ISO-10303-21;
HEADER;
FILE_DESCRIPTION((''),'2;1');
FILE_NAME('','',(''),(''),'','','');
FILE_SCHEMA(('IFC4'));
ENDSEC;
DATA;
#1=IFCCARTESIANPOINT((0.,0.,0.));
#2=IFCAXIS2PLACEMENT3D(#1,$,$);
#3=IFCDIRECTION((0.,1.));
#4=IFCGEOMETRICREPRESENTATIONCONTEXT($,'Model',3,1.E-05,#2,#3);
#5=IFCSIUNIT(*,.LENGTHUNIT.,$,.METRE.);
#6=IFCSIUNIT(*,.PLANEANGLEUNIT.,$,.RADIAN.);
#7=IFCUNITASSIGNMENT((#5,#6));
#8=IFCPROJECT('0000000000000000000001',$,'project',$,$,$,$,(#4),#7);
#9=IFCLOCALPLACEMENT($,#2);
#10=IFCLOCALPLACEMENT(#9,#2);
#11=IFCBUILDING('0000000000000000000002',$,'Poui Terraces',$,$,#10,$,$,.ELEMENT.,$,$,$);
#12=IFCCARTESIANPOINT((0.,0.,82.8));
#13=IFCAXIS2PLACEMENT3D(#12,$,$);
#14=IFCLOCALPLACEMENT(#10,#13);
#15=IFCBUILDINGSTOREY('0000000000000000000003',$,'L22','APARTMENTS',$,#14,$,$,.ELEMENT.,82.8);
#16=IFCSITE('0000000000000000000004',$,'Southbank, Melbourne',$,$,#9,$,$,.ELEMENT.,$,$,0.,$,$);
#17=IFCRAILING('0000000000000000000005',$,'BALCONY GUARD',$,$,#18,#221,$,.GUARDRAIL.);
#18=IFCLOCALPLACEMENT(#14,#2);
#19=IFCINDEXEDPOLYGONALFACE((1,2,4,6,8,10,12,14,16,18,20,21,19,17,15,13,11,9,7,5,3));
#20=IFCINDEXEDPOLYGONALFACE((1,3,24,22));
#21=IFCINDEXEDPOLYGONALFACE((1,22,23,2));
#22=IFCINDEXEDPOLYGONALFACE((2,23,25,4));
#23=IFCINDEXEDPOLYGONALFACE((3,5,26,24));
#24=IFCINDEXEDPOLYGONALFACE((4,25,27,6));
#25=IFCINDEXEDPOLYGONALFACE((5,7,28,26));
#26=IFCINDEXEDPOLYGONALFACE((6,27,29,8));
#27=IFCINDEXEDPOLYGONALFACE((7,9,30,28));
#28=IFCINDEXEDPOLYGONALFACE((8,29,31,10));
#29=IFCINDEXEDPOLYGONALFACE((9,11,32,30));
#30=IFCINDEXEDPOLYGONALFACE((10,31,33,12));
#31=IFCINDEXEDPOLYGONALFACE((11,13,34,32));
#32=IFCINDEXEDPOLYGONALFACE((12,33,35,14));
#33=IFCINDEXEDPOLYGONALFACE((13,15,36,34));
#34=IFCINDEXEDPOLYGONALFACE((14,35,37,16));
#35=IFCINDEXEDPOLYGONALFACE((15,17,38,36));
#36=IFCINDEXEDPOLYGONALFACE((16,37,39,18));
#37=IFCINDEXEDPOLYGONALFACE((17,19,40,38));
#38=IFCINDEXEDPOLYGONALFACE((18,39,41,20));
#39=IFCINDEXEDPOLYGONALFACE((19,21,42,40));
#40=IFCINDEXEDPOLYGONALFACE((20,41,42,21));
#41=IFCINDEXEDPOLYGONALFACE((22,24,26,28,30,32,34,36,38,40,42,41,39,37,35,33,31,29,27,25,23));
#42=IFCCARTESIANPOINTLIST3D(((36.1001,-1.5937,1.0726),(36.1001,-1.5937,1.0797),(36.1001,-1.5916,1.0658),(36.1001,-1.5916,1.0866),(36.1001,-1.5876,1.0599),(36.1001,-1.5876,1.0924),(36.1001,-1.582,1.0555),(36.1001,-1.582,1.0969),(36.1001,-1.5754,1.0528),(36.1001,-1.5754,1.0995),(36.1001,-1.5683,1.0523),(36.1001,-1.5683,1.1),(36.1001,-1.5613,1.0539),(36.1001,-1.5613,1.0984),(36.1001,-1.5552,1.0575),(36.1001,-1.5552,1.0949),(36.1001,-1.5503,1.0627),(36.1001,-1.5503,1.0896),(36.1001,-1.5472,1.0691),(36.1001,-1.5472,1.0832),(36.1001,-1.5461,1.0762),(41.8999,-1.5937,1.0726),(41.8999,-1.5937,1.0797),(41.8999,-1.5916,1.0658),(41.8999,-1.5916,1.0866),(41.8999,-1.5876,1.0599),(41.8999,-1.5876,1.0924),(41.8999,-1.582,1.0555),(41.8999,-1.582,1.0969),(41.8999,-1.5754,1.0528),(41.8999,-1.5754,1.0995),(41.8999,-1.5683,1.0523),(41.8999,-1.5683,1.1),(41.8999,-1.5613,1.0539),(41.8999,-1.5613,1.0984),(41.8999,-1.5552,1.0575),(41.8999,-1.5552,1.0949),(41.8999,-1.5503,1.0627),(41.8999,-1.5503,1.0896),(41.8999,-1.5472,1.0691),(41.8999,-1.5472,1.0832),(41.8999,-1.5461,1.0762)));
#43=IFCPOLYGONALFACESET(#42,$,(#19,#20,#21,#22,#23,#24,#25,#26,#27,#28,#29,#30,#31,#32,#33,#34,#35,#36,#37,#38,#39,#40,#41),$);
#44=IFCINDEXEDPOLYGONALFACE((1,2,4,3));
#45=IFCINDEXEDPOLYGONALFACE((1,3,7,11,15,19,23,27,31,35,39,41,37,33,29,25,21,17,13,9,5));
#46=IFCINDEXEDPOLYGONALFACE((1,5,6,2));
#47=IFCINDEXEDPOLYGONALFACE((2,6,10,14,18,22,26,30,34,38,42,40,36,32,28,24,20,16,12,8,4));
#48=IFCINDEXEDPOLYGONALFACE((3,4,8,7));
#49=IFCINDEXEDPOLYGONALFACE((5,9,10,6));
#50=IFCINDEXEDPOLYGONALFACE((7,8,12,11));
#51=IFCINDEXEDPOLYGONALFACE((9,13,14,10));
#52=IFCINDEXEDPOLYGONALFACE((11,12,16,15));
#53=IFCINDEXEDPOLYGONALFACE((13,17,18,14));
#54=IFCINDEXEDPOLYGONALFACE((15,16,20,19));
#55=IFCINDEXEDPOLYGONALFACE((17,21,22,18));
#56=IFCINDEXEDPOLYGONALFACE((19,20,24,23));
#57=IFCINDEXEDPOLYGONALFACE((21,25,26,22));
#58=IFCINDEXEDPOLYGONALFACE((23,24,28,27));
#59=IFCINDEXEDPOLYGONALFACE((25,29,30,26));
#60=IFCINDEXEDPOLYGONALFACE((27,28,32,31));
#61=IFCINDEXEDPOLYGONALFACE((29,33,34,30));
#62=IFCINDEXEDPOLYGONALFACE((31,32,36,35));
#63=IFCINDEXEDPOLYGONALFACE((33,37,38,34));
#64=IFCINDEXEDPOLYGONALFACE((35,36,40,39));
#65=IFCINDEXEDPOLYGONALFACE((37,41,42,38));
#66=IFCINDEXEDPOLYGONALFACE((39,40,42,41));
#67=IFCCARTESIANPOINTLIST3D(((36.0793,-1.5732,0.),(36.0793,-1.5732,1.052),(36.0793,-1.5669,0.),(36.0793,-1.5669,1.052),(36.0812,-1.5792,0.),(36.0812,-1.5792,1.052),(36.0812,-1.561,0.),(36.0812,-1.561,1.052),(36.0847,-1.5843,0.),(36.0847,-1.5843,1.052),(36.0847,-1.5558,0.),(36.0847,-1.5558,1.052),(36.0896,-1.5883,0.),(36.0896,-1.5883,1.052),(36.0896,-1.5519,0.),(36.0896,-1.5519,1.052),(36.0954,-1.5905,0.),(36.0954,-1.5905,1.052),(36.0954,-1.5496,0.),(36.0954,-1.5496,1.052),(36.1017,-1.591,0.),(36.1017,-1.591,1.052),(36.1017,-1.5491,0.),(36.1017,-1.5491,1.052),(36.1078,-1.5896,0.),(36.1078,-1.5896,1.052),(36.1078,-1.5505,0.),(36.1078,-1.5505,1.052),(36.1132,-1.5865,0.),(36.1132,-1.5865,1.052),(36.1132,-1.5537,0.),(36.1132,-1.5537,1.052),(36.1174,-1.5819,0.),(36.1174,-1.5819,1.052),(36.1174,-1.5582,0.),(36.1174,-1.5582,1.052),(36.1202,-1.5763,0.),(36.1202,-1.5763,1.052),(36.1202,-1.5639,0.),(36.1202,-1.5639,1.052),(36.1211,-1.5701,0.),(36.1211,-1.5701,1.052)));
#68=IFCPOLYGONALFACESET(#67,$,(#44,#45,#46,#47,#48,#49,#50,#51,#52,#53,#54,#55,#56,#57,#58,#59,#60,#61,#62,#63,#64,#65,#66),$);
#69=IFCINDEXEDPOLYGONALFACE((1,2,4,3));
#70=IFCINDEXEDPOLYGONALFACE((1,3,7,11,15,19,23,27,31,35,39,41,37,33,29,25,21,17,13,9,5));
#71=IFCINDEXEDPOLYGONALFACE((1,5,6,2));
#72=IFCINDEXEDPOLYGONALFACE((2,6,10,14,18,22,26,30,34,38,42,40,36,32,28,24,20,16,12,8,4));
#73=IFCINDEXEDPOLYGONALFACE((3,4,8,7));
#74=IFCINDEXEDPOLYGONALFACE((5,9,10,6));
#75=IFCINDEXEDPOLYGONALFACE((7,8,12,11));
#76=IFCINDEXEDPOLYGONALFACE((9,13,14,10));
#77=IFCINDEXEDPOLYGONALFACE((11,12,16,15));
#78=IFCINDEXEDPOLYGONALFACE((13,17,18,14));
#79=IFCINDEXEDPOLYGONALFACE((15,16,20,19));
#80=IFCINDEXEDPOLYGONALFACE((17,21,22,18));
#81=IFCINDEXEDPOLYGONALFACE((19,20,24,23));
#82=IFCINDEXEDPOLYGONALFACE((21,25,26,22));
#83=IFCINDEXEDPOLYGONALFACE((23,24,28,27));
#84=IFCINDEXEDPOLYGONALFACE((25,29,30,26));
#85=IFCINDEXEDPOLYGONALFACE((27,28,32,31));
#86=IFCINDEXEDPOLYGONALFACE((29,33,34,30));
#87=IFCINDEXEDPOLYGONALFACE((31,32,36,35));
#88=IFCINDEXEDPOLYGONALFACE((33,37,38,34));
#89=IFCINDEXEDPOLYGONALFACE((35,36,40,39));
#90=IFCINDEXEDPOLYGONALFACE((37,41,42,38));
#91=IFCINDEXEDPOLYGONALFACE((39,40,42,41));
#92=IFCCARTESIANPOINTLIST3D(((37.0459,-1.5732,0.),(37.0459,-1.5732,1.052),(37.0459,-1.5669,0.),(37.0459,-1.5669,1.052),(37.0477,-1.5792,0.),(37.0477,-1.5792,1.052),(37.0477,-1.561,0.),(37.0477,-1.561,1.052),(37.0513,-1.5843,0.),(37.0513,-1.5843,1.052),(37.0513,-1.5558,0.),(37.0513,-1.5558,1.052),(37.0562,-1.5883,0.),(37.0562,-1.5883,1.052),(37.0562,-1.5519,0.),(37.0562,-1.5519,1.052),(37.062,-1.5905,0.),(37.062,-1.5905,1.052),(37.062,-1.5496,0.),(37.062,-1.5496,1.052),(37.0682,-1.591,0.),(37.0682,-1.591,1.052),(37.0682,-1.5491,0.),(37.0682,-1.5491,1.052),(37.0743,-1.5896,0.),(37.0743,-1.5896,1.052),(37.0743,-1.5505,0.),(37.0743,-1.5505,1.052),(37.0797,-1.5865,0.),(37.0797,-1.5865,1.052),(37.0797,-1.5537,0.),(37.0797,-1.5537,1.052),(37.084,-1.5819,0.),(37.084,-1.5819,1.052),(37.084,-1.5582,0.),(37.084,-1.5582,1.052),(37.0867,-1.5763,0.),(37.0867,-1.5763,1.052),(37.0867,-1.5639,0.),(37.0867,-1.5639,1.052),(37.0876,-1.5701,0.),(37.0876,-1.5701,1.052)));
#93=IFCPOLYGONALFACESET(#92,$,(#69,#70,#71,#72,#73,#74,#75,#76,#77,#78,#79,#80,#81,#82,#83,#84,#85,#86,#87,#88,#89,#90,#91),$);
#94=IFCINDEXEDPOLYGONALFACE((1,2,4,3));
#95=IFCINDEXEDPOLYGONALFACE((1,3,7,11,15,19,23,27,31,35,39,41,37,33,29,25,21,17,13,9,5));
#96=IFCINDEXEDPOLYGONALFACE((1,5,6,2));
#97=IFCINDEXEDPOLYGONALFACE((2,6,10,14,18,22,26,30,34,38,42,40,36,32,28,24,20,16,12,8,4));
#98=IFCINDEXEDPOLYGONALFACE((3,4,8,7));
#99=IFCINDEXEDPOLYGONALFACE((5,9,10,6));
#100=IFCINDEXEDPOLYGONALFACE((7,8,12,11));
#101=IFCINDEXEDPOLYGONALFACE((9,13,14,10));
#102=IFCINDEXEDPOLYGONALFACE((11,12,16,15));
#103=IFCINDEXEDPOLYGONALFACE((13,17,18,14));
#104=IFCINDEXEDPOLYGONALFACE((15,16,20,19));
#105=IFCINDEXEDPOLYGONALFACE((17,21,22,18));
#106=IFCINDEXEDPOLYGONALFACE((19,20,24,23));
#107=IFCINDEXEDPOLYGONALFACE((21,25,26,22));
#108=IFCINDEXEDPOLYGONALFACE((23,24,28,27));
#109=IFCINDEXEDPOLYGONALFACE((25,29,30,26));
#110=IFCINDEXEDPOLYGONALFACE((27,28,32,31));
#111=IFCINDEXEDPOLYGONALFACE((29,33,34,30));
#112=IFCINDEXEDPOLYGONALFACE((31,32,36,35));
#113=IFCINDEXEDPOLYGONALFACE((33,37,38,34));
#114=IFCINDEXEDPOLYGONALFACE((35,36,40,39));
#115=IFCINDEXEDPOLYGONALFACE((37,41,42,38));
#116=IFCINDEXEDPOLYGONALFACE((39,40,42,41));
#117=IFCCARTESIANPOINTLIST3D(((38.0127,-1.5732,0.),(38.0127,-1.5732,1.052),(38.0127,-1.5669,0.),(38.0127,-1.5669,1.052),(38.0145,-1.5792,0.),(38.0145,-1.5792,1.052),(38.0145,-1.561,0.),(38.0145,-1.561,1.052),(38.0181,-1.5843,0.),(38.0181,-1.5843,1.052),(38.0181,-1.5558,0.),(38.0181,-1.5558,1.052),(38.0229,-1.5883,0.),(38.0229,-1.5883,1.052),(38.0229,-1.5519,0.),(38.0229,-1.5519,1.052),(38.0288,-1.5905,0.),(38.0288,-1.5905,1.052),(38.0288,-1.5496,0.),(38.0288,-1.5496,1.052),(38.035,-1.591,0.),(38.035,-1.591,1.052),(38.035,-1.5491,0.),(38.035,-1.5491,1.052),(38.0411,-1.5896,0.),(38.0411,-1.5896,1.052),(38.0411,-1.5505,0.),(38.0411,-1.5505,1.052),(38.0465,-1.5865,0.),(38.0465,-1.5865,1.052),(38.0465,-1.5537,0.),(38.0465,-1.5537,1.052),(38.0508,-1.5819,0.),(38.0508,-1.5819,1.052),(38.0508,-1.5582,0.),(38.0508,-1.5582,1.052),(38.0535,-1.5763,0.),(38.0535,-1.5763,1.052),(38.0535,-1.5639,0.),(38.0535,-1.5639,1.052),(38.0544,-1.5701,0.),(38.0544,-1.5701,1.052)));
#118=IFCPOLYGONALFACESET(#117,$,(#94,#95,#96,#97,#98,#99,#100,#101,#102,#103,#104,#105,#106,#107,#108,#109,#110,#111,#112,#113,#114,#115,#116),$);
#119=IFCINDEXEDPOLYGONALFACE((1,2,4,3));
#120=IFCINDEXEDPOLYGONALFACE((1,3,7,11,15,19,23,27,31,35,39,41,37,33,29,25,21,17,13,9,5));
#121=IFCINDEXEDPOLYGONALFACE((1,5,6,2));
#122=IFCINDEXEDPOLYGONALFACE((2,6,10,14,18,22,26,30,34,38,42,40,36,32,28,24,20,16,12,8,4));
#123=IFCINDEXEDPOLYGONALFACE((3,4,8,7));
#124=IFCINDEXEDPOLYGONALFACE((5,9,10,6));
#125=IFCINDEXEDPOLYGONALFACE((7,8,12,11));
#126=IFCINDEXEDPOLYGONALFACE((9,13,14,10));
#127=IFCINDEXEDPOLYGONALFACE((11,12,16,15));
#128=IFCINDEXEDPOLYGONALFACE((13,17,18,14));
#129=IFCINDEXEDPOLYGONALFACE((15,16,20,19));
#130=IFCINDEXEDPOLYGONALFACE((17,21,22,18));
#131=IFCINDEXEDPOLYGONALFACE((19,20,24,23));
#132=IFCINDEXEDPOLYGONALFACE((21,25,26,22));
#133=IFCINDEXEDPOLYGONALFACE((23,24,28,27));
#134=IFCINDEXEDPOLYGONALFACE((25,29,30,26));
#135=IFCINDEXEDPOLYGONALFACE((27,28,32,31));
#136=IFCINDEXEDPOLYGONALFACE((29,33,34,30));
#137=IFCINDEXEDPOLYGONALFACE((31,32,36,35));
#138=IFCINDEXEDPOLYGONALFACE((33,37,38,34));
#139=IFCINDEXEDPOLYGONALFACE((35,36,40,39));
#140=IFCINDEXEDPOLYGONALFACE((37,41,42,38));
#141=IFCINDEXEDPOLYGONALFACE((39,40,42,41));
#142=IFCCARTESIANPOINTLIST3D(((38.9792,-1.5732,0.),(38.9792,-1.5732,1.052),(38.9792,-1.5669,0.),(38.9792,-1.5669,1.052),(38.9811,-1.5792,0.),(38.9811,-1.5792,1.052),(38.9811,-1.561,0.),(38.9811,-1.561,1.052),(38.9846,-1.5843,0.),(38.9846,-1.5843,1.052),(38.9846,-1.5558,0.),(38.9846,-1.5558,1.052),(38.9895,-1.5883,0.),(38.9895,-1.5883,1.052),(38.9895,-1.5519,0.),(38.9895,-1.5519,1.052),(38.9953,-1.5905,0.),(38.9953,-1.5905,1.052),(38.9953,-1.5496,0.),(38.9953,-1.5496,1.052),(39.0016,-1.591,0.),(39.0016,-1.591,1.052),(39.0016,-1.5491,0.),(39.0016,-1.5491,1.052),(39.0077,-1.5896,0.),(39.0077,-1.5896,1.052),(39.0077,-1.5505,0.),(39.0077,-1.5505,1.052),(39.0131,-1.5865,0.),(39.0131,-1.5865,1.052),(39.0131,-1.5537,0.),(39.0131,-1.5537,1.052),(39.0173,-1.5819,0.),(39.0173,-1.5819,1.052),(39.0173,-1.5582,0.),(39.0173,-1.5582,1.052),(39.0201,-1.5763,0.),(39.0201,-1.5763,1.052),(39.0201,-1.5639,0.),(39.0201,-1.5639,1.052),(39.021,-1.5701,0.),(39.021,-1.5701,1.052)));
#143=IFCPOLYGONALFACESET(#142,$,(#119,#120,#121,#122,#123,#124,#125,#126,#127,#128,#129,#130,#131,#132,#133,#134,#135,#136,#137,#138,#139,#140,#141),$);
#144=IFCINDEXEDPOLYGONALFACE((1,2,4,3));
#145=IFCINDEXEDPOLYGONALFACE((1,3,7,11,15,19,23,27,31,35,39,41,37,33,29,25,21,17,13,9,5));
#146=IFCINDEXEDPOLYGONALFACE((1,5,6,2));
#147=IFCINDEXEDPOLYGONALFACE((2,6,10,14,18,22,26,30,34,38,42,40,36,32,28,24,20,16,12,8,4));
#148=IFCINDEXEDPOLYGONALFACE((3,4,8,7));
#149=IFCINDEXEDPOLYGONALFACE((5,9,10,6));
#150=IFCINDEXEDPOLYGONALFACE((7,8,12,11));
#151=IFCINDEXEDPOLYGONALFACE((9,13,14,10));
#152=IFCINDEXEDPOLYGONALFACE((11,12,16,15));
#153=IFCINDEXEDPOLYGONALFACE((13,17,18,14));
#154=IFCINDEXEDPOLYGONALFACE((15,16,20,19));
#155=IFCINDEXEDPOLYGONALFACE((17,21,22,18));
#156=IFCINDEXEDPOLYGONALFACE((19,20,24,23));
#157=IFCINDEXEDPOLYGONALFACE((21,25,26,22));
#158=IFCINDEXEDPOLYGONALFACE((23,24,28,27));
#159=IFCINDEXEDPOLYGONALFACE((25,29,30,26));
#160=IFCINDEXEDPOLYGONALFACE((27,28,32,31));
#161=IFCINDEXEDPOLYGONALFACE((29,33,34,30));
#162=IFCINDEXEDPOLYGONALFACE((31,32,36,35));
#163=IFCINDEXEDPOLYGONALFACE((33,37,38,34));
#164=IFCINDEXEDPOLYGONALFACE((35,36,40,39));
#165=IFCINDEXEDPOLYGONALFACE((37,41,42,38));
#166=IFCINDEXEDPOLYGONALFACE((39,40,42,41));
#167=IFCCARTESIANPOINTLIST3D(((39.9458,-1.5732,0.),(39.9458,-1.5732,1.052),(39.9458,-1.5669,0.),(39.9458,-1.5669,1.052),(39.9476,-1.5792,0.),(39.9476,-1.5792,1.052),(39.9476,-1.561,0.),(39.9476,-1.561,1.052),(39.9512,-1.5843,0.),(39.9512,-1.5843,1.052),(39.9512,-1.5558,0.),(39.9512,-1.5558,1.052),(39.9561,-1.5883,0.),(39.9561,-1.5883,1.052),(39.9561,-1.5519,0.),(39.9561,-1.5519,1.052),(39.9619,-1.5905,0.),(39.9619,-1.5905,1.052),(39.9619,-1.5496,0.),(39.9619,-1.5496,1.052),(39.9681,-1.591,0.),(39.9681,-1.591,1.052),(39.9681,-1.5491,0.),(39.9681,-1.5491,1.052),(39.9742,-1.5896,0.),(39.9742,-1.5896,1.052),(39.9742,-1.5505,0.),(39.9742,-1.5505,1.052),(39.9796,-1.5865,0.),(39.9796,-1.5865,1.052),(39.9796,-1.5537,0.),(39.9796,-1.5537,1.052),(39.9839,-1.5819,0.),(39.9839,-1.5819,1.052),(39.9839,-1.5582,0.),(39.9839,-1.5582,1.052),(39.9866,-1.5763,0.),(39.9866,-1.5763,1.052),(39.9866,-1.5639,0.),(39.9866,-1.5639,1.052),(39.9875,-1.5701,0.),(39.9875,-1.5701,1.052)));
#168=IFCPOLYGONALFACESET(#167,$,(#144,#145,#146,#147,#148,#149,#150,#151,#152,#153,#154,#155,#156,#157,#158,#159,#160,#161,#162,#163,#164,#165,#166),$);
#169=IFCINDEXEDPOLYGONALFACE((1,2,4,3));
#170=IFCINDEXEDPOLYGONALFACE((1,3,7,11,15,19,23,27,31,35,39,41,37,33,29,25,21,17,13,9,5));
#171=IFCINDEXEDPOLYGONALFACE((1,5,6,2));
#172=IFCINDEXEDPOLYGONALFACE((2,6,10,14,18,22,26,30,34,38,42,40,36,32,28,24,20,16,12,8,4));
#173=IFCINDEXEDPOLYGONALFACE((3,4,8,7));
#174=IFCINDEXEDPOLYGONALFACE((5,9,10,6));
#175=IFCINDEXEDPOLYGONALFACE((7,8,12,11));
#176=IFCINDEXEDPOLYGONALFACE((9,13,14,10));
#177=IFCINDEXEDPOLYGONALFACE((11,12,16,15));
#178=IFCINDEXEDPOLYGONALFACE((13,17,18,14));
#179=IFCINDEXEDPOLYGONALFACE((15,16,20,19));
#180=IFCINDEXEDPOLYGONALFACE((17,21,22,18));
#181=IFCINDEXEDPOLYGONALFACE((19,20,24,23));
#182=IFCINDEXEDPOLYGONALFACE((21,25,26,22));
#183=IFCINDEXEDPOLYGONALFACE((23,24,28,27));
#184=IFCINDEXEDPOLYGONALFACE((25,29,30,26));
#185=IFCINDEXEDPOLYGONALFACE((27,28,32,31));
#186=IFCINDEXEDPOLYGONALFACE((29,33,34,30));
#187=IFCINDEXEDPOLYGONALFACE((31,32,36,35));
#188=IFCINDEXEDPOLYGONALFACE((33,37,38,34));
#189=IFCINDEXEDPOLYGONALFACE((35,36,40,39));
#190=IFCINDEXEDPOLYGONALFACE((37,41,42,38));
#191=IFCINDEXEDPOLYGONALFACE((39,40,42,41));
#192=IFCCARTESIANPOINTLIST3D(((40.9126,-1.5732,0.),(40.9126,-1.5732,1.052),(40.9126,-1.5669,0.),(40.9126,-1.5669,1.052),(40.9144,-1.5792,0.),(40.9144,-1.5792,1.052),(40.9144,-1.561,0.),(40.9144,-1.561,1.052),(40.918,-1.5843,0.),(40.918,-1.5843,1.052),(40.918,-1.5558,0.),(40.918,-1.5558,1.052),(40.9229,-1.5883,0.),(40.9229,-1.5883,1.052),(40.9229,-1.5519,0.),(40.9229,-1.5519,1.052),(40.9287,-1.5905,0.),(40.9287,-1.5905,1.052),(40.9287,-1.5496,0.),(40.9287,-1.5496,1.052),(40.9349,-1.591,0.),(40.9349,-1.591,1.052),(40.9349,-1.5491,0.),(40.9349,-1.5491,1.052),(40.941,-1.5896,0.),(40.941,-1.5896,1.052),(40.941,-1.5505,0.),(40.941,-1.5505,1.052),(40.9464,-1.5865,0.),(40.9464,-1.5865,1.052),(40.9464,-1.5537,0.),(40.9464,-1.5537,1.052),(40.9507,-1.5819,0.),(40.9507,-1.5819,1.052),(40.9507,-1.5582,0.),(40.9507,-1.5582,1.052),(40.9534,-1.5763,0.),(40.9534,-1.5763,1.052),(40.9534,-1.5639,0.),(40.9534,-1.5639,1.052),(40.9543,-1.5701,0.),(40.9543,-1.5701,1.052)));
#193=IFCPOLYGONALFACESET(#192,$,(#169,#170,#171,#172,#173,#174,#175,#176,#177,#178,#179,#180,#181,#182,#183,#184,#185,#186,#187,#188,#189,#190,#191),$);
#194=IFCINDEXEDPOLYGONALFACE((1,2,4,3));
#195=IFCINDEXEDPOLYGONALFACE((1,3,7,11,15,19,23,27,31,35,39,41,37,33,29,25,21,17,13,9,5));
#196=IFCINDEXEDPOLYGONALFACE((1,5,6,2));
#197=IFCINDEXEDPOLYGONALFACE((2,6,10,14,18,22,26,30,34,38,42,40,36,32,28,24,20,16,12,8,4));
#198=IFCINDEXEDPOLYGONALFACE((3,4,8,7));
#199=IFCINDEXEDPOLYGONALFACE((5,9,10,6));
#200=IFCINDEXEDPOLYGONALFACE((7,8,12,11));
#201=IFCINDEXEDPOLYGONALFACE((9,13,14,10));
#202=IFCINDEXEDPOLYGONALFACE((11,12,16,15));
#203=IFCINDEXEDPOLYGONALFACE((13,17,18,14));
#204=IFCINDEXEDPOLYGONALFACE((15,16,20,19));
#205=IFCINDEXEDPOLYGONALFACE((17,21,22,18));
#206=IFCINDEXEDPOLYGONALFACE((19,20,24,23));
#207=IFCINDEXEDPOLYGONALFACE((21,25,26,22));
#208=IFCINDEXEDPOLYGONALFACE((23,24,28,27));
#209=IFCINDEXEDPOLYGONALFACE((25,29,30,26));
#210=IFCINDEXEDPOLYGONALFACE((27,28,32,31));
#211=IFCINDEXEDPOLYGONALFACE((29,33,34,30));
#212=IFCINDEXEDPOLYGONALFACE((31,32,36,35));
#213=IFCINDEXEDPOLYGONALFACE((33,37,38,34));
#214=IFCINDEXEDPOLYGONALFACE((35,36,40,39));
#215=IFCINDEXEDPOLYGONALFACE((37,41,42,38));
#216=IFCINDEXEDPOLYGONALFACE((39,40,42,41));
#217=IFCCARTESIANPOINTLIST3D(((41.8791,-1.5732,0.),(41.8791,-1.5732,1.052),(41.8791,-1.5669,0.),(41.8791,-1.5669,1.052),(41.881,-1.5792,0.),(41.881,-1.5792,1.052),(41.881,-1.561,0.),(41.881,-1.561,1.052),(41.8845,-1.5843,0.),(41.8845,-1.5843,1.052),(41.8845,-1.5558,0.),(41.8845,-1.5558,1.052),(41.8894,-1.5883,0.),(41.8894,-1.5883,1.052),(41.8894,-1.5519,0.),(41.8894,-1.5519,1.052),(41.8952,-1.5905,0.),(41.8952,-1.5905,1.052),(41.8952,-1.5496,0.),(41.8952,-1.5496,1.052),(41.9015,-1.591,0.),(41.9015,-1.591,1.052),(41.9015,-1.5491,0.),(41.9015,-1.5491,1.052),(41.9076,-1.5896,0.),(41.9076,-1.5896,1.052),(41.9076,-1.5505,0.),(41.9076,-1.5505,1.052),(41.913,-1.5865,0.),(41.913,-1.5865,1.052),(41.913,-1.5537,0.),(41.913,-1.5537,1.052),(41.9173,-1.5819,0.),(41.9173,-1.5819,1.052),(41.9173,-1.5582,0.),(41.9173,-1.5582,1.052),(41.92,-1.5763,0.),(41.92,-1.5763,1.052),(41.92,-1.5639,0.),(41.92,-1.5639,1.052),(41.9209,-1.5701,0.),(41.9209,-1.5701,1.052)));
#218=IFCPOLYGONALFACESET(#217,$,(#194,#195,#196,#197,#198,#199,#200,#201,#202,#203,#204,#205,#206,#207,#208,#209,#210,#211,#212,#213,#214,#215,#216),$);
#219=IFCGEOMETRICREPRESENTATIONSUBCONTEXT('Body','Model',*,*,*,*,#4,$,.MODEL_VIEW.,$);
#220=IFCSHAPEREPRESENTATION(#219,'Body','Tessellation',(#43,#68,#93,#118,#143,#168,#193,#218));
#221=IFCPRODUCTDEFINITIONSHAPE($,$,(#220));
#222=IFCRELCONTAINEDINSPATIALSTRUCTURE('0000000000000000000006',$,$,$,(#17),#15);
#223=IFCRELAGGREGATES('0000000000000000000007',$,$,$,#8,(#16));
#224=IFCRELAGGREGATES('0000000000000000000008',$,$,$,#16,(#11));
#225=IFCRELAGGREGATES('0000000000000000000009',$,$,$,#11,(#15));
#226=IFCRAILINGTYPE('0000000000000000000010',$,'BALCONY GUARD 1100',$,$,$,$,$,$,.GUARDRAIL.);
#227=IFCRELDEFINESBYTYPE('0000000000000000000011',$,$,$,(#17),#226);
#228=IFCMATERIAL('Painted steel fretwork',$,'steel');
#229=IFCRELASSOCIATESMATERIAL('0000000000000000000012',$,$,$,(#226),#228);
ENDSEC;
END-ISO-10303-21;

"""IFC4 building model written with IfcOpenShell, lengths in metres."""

from ifc_helpers import new_model, si_unit, direction, frame, origin, origin_2d, place, context, subcontext, project, spatial, circle, extrude, material, type_object, element, save


model = new_model("IFC4")

# Units and contexts
model_context = context("Model", 3, precision=1e-05, world=origin(), true_north=direction((0.0, 1.0)))
body_context = subcontext(model_context, "Body", "Model", "MODEL_VIEW")
ifc_project = project(units=[si_unit("LENGTHUNIT", "METRE"), si_unit("PLANEANGLEUNIT", "RADIAN")], contexts=[model_context])

# Site, building, storey
site_placement = place(None, origin())
site = spatial("IfcSite", under=ifc_project, at=site_placement, Name="Southbank, Melbourne", CompositionType="ELEMENT", RefElevation=0.0)
building_placement = place(site_placement, origin())
building = spatial("IfcBuilding", under=site, at=building_placement, Name="Poui Terraces", CompositionType="ELEMENT")
storey_placement = place(building_placement, frame((0.0, 0.0, 82.8)))
storey = spatial("IfcBuildingStorey", under=building, at=storey_placement, Name="L22", Description="APARTMENTS", CompositionType="ELEMENT", Elevation=82.8)

# Railing
ifc_material_1 = material(Name="Painted steel fretwork", Category="steel")
railing_type = type_object("IfcRailingType", Name="BALCONY GUARD 1100", PredefinedType="GUARDRAIL", material=ifc_material_1)
railing_placement = place(storey_placement, frame((36.1001, -1.5701, 0.0)))
element("IfcRailing", 1, at=railing_placement, inside=storey, type_object=railing_type, Name="BALCONY GUARD", PredefinedType="GUARDRAIL", context=body_context, shape_type="SweptSolid", body=[
    extrude(circle(Radius=0.0239, at=origin_2d()), frame((0.0, 0.0, 1.0762), z_axis=(1.0, 0.0, 0.0), x_axis=(0.0, 1.0, 0.0)), (0.0, 0.0, 1.0), 5.7998),
    extrude(circle(Radius=0.021, at=origin_2d()), origin(), (0.0, 0.0, 1.0), 1.052),
    extrude(circle(Radius=0.021, at=origin_2d()), frame((0.9666, 0.0, 0.0)), (0.0, 0.0, 1.0), 1.052),
    extrude(circle(Radius=0.021, at=origin_2d()), frame((1.9333, 0.0, 0.0)), (0.0, 0.0, 1.0), 1.052),
    extrude(circle(Radius=0.021, at=origin_2d()), frame((2.8999, 0.0, 0.0)), (0.0, 0.0, 1.0), 1.052),
    extrude(circle(Radius=0.021, at=origin_2d()), frame((3.8665, 0.0, 0.0)), (0.0, 0.0, 1.0), 1.052),
    extrude(circle(Radius=0.021, at=origin_2d()), frame((4.8333, 0.0, 0.0)), (0.0, 0.0, 1.0), 1.052),
    extrude(circle(Radius=0.021, at=origin_2d()), frame((5.7998, 0.0, 0.0)), (0.0, 0.0, 1.0), 1.052),
])

save(model, "model.ifc")
